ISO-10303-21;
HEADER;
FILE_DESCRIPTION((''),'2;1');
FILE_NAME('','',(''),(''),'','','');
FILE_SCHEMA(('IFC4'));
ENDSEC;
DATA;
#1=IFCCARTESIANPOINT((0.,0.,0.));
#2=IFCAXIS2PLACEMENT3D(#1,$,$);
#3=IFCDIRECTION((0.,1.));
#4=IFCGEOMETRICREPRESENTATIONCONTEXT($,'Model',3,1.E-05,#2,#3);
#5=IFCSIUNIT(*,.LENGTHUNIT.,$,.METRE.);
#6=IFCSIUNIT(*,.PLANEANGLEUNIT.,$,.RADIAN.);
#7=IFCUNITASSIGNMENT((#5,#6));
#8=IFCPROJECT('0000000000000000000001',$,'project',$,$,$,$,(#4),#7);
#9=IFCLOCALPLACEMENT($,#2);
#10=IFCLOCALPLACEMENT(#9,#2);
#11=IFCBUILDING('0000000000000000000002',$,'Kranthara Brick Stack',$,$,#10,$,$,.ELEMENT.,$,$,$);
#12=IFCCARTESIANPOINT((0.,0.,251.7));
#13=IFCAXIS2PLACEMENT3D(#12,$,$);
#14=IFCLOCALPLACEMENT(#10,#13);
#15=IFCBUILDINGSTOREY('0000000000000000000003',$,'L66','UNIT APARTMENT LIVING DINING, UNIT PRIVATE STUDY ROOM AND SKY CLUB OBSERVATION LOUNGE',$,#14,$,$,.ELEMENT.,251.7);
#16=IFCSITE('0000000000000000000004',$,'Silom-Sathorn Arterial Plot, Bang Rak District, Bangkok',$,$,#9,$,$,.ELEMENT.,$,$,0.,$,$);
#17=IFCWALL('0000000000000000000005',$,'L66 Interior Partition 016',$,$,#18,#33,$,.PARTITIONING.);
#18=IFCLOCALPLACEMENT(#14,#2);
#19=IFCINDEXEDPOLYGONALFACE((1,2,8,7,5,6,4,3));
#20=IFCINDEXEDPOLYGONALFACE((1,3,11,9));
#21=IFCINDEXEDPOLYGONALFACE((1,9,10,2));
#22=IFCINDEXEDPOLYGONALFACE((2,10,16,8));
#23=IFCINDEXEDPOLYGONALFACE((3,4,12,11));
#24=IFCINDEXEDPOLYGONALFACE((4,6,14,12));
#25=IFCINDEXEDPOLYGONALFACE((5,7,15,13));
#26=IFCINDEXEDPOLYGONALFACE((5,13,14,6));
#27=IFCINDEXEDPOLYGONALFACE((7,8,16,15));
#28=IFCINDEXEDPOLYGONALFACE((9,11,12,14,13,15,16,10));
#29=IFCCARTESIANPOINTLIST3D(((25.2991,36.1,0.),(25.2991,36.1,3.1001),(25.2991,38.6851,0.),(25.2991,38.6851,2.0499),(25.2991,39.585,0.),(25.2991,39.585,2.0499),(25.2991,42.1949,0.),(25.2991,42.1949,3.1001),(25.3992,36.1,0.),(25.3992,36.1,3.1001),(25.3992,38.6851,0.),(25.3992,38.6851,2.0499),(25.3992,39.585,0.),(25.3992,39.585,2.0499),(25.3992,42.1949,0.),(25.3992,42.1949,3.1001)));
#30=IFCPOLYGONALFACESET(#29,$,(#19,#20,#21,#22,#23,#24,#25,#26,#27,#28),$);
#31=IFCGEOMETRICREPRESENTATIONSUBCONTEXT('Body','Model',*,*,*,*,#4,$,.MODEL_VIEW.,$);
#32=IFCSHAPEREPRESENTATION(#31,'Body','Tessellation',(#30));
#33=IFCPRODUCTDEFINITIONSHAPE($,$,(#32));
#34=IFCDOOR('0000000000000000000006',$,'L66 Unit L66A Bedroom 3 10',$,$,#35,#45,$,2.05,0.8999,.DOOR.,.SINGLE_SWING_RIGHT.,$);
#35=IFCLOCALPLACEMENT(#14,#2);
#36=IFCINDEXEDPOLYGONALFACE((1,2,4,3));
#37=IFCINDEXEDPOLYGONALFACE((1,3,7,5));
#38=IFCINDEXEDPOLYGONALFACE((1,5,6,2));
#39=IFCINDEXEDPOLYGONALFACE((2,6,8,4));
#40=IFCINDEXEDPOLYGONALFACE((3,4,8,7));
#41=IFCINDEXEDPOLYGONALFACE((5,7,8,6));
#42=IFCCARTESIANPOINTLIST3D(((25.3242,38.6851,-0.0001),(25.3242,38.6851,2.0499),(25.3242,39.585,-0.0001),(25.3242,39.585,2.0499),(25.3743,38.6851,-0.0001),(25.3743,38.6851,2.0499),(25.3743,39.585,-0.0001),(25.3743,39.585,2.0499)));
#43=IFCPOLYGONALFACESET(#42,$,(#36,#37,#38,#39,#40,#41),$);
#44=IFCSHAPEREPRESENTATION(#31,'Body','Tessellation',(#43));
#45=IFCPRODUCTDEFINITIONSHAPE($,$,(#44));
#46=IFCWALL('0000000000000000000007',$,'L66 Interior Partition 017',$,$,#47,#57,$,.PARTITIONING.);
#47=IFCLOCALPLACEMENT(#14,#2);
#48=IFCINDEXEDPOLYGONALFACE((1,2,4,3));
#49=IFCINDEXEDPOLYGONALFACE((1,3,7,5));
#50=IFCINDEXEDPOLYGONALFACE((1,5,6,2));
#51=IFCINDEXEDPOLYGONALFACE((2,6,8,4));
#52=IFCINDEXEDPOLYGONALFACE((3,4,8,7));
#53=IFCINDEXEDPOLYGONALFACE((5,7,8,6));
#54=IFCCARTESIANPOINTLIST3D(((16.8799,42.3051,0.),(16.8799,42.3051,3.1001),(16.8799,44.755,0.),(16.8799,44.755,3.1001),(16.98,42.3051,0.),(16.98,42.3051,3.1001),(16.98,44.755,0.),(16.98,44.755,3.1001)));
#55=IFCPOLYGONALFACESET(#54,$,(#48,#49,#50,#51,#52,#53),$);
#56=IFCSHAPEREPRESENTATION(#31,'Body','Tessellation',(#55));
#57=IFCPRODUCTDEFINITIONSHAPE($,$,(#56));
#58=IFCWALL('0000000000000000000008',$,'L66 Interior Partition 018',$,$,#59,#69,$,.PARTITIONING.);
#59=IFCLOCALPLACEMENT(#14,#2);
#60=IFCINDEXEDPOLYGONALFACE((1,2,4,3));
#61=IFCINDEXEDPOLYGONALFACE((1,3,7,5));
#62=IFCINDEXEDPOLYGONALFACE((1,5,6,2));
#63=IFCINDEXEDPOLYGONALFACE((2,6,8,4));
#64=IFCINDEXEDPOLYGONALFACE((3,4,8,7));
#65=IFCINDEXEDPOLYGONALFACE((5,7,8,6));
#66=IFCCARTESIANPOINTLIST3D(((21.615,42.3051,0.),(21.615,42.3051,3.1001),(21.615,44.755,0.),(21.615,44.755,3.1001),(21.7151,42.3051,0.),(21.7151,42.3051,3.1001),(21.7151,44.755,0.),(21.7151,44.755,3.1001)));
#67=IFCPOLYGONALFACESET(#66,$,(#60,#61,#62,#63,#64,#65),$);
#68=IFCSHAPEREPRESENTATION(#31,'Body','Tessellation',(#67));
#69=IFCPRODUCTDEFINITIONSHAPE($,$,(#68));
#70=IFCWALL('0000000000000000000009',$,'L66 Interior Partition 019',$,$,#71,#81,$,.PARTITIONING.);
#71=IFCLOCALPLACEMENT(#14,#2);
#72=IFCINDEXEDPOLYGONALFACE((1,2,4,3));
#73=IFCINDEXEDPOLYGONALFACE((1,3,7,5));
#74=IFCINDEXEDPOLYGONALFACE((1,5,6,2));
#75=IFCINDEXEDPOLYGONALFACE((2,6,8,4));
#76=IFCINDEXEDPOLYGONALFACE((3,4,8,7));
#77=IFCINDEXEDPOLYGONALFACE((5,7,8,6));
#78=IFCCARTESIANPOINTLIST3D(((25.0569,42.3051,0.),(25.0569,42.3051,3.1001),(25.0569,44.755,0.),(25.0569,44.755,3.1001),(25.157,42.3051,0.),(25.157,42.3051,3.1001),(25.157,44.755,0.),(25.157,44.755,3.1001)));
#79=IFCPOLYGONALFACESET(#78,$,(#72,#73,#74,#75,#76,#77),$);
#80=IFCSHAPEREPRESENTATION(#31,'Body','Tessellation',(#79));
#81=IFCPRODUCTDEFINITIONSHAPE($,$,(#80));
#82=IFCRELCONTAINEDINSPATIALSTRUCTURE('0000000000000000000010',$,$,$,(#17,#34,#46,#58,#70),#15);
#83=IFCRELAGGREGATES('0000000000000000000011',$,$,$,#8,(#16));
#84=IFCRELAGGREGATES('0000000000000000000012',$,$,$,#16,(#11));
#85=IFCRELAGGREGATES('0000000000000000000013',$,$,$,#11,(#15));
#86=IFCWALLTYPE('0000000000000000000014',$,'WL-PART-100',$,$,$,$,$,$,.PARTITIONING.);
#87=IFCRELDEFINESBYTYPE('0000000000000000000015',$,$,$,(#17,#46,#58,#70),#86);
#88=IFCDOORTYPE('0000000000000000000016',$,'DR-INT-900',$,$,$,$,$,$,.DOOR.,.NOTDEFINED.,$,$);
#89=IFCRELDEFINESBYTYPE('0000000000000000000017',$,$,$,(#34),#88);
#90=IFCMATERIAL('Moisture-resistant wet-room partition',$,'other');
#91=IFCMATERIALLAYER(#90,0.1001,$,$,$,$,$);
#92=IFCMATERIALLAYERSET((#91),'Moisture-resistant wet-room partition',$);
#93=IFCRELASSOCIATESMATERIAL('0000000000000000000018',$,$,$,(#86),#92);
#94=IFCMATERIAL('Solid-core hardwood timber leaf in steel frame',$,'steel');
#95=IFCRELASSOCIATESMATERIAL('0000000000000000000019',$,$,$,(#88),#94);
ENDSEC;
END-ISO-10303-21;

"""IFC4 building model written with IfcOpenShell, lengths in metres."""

from ifc_helpers import new_model, si_unit, direction, frame, frame_2d, origin, place, context, subcontext, project, spatial, rectangle, extrude, material, layer, layer_set, type_object, element, fill, save


model = new_model("IFC4")

# Units and contexts
model_context = context("Model", 3, precision=1e-05, world=origin(), true_north=direction((0.0, 1.0)))
body_context = subcontext(model_context, "Body", "Model", "MODEL_VIEW")
ifc_project = project(units=[si_unit("LENGTHUNIT", "METRE"), si_unit("PLANEANGLEUNIT", "RADIAN")], contexts=[model_context])

# Site, building, storey
site_placement = place(None, origin())
site = spatial("IfcSite", under=ifc_project, at=site_placement, Name="Silom-Sathorn Arterial Plot, Bang Rak District, Bangkok", CompositionType="ELEMENT", RefElevation=0.0)
building_placement = place(site_placement, origin())
building = spatial("IfcBuilding", under=site, at=building_placement, Name="Kranthara Brick Stack", CompositionType="ELEMENT")
storey_placement = place(building_placement, frame((0.0, 0.0, 251.7)))
storey = spatial("IfcBuildingStorey", under=building, at=storey_placement, Name="L66", Description="UNIT APARTMENT LIVING DINING, UNIT PRIVATE STUDY ROOM AND SKY CLUB OBSERVATION LOUNGE", CompositionType="ELEMENT", Elevation=251.7)

# Wall, opening, door
ifc_material_1 = material(Name="Moisture-resistant wet-room partition", Category="other")
ifc_layer = layer(ifc_material_1, 0.1001)
ifc_layer_set = layer_set([ifc_layer], Name="Moisture-resistant wet-room partition")
wall_type = type_object("IfcWallType", Name="WL-PART-100", PredefinedType="PARTITIONING", material=ifc_layer_set)
wall_placement = place(storey_placement, frame((25.3491, 36.1001, 0.0), z_axis=(0.0, 0.0, 1.0), x_axis=(0.0, 1.0, 0.0)))
wall = element("IfcWall", 1, at=wall_placement, inside=storey, type_object=wall_type, Name="L66 Interior Partition 016", PredefinedType="PARTITIONING", context=body_context, shape_type="SweptSolid", body=[
    extrude(rectangle(XDim=6.095, YDim=0.1001, at=frame_2d((3.0474, 0.0))), origin(), (0.0, 0.0, 1.0), 3.1001),
])
opening_placement = place(wall_placement, frame((2.585, 0.0, 0.0)))
opening = element("IfcOpeningElement", 2, at=opening_placement, cuts=wall, PredefinedType="OPENING", context=body_context, shape_type="SweptSolid", body=[
    extrude(rectangle(XDim=0.8999, YDim=2.05, at=frame_2d((0.45, 1.0249))), frame((0.0, 0.0601, 0.0), z_axis=(0.0, -1.0, 0.0), x_axis=(1.0, 0.0, 0.0)), (0.0, 0.0, 1.0), 0.1201),
])
ifc_material_2 = material(Name="Solid-core hardwood timber leaf in steel frame", Category="steel")
door_type = type_object("IfcDoorType", Name="DR-INT-900", OperationType="NOTDEFINED", PredefinedType="DOOR", material=ifc_material_2)
door_placement = place(opening_placement, origin())
door = element("IfcDoor", 3, at=door_placement, inside=storey, type_object=door_type, Name="L66 Unit L66A Bedroom 3 10", OperationType="SINGLE_SWING_RIGHT", OverallHeight=2.05, OverallWidth=0.8999, PredefinedType="DOOR", context=body_context, shape_type="SweptSolid", body=[
    extrude(rectangle(XDim=0.8999, YDim=2.05, at=frame_2d((0.45, 1.0249))), frame((0.0, 0.0249, 0.0), z_axis=(0.0, -1.0, 0.0), x_axis=(1.0, 0.0, 0.0)), (0.0, 0.0, 1.0), 0.05),
])
fill(opening, door)

# Walls
for number, where, z_axis, x_axis, name in (
    (4, (16.9299, 42.3049, 0.0), (0.0, 0.0, 1.0), (0.0, 1.0, 0.0), "L66 Interior Partition 017"),
    (5, (21.665, 42.3049, 0.0), (0.0, 0.0, 1.0), (0.0, 1.0, 0.0), "L66 Interior Partition 018"),
    (6, (25.1069, 42.3049, 0.0), (0.0, 0.0, 1.0), (0.0, 1.0, 0.0), "L66 Interior Partition 019"),
):
    element("IfcWall", number, at=place(storey_placement, frame(where, z_axis=z_axis, x_axis=x_axis)), inside=storey, type_object=wall_type, Name=name, PredefinedType="PARTITIONING", context=body_context, shape_type="SweptSolid", body=[
        extrude(rectangle(XDim=2.45, YDim=0.1001, at=frame_2d((1.2251, 0.0))), origin(), (0.0, 0.0, 1.0), 3.1001),
    ])

save(model, "model.ifc")
